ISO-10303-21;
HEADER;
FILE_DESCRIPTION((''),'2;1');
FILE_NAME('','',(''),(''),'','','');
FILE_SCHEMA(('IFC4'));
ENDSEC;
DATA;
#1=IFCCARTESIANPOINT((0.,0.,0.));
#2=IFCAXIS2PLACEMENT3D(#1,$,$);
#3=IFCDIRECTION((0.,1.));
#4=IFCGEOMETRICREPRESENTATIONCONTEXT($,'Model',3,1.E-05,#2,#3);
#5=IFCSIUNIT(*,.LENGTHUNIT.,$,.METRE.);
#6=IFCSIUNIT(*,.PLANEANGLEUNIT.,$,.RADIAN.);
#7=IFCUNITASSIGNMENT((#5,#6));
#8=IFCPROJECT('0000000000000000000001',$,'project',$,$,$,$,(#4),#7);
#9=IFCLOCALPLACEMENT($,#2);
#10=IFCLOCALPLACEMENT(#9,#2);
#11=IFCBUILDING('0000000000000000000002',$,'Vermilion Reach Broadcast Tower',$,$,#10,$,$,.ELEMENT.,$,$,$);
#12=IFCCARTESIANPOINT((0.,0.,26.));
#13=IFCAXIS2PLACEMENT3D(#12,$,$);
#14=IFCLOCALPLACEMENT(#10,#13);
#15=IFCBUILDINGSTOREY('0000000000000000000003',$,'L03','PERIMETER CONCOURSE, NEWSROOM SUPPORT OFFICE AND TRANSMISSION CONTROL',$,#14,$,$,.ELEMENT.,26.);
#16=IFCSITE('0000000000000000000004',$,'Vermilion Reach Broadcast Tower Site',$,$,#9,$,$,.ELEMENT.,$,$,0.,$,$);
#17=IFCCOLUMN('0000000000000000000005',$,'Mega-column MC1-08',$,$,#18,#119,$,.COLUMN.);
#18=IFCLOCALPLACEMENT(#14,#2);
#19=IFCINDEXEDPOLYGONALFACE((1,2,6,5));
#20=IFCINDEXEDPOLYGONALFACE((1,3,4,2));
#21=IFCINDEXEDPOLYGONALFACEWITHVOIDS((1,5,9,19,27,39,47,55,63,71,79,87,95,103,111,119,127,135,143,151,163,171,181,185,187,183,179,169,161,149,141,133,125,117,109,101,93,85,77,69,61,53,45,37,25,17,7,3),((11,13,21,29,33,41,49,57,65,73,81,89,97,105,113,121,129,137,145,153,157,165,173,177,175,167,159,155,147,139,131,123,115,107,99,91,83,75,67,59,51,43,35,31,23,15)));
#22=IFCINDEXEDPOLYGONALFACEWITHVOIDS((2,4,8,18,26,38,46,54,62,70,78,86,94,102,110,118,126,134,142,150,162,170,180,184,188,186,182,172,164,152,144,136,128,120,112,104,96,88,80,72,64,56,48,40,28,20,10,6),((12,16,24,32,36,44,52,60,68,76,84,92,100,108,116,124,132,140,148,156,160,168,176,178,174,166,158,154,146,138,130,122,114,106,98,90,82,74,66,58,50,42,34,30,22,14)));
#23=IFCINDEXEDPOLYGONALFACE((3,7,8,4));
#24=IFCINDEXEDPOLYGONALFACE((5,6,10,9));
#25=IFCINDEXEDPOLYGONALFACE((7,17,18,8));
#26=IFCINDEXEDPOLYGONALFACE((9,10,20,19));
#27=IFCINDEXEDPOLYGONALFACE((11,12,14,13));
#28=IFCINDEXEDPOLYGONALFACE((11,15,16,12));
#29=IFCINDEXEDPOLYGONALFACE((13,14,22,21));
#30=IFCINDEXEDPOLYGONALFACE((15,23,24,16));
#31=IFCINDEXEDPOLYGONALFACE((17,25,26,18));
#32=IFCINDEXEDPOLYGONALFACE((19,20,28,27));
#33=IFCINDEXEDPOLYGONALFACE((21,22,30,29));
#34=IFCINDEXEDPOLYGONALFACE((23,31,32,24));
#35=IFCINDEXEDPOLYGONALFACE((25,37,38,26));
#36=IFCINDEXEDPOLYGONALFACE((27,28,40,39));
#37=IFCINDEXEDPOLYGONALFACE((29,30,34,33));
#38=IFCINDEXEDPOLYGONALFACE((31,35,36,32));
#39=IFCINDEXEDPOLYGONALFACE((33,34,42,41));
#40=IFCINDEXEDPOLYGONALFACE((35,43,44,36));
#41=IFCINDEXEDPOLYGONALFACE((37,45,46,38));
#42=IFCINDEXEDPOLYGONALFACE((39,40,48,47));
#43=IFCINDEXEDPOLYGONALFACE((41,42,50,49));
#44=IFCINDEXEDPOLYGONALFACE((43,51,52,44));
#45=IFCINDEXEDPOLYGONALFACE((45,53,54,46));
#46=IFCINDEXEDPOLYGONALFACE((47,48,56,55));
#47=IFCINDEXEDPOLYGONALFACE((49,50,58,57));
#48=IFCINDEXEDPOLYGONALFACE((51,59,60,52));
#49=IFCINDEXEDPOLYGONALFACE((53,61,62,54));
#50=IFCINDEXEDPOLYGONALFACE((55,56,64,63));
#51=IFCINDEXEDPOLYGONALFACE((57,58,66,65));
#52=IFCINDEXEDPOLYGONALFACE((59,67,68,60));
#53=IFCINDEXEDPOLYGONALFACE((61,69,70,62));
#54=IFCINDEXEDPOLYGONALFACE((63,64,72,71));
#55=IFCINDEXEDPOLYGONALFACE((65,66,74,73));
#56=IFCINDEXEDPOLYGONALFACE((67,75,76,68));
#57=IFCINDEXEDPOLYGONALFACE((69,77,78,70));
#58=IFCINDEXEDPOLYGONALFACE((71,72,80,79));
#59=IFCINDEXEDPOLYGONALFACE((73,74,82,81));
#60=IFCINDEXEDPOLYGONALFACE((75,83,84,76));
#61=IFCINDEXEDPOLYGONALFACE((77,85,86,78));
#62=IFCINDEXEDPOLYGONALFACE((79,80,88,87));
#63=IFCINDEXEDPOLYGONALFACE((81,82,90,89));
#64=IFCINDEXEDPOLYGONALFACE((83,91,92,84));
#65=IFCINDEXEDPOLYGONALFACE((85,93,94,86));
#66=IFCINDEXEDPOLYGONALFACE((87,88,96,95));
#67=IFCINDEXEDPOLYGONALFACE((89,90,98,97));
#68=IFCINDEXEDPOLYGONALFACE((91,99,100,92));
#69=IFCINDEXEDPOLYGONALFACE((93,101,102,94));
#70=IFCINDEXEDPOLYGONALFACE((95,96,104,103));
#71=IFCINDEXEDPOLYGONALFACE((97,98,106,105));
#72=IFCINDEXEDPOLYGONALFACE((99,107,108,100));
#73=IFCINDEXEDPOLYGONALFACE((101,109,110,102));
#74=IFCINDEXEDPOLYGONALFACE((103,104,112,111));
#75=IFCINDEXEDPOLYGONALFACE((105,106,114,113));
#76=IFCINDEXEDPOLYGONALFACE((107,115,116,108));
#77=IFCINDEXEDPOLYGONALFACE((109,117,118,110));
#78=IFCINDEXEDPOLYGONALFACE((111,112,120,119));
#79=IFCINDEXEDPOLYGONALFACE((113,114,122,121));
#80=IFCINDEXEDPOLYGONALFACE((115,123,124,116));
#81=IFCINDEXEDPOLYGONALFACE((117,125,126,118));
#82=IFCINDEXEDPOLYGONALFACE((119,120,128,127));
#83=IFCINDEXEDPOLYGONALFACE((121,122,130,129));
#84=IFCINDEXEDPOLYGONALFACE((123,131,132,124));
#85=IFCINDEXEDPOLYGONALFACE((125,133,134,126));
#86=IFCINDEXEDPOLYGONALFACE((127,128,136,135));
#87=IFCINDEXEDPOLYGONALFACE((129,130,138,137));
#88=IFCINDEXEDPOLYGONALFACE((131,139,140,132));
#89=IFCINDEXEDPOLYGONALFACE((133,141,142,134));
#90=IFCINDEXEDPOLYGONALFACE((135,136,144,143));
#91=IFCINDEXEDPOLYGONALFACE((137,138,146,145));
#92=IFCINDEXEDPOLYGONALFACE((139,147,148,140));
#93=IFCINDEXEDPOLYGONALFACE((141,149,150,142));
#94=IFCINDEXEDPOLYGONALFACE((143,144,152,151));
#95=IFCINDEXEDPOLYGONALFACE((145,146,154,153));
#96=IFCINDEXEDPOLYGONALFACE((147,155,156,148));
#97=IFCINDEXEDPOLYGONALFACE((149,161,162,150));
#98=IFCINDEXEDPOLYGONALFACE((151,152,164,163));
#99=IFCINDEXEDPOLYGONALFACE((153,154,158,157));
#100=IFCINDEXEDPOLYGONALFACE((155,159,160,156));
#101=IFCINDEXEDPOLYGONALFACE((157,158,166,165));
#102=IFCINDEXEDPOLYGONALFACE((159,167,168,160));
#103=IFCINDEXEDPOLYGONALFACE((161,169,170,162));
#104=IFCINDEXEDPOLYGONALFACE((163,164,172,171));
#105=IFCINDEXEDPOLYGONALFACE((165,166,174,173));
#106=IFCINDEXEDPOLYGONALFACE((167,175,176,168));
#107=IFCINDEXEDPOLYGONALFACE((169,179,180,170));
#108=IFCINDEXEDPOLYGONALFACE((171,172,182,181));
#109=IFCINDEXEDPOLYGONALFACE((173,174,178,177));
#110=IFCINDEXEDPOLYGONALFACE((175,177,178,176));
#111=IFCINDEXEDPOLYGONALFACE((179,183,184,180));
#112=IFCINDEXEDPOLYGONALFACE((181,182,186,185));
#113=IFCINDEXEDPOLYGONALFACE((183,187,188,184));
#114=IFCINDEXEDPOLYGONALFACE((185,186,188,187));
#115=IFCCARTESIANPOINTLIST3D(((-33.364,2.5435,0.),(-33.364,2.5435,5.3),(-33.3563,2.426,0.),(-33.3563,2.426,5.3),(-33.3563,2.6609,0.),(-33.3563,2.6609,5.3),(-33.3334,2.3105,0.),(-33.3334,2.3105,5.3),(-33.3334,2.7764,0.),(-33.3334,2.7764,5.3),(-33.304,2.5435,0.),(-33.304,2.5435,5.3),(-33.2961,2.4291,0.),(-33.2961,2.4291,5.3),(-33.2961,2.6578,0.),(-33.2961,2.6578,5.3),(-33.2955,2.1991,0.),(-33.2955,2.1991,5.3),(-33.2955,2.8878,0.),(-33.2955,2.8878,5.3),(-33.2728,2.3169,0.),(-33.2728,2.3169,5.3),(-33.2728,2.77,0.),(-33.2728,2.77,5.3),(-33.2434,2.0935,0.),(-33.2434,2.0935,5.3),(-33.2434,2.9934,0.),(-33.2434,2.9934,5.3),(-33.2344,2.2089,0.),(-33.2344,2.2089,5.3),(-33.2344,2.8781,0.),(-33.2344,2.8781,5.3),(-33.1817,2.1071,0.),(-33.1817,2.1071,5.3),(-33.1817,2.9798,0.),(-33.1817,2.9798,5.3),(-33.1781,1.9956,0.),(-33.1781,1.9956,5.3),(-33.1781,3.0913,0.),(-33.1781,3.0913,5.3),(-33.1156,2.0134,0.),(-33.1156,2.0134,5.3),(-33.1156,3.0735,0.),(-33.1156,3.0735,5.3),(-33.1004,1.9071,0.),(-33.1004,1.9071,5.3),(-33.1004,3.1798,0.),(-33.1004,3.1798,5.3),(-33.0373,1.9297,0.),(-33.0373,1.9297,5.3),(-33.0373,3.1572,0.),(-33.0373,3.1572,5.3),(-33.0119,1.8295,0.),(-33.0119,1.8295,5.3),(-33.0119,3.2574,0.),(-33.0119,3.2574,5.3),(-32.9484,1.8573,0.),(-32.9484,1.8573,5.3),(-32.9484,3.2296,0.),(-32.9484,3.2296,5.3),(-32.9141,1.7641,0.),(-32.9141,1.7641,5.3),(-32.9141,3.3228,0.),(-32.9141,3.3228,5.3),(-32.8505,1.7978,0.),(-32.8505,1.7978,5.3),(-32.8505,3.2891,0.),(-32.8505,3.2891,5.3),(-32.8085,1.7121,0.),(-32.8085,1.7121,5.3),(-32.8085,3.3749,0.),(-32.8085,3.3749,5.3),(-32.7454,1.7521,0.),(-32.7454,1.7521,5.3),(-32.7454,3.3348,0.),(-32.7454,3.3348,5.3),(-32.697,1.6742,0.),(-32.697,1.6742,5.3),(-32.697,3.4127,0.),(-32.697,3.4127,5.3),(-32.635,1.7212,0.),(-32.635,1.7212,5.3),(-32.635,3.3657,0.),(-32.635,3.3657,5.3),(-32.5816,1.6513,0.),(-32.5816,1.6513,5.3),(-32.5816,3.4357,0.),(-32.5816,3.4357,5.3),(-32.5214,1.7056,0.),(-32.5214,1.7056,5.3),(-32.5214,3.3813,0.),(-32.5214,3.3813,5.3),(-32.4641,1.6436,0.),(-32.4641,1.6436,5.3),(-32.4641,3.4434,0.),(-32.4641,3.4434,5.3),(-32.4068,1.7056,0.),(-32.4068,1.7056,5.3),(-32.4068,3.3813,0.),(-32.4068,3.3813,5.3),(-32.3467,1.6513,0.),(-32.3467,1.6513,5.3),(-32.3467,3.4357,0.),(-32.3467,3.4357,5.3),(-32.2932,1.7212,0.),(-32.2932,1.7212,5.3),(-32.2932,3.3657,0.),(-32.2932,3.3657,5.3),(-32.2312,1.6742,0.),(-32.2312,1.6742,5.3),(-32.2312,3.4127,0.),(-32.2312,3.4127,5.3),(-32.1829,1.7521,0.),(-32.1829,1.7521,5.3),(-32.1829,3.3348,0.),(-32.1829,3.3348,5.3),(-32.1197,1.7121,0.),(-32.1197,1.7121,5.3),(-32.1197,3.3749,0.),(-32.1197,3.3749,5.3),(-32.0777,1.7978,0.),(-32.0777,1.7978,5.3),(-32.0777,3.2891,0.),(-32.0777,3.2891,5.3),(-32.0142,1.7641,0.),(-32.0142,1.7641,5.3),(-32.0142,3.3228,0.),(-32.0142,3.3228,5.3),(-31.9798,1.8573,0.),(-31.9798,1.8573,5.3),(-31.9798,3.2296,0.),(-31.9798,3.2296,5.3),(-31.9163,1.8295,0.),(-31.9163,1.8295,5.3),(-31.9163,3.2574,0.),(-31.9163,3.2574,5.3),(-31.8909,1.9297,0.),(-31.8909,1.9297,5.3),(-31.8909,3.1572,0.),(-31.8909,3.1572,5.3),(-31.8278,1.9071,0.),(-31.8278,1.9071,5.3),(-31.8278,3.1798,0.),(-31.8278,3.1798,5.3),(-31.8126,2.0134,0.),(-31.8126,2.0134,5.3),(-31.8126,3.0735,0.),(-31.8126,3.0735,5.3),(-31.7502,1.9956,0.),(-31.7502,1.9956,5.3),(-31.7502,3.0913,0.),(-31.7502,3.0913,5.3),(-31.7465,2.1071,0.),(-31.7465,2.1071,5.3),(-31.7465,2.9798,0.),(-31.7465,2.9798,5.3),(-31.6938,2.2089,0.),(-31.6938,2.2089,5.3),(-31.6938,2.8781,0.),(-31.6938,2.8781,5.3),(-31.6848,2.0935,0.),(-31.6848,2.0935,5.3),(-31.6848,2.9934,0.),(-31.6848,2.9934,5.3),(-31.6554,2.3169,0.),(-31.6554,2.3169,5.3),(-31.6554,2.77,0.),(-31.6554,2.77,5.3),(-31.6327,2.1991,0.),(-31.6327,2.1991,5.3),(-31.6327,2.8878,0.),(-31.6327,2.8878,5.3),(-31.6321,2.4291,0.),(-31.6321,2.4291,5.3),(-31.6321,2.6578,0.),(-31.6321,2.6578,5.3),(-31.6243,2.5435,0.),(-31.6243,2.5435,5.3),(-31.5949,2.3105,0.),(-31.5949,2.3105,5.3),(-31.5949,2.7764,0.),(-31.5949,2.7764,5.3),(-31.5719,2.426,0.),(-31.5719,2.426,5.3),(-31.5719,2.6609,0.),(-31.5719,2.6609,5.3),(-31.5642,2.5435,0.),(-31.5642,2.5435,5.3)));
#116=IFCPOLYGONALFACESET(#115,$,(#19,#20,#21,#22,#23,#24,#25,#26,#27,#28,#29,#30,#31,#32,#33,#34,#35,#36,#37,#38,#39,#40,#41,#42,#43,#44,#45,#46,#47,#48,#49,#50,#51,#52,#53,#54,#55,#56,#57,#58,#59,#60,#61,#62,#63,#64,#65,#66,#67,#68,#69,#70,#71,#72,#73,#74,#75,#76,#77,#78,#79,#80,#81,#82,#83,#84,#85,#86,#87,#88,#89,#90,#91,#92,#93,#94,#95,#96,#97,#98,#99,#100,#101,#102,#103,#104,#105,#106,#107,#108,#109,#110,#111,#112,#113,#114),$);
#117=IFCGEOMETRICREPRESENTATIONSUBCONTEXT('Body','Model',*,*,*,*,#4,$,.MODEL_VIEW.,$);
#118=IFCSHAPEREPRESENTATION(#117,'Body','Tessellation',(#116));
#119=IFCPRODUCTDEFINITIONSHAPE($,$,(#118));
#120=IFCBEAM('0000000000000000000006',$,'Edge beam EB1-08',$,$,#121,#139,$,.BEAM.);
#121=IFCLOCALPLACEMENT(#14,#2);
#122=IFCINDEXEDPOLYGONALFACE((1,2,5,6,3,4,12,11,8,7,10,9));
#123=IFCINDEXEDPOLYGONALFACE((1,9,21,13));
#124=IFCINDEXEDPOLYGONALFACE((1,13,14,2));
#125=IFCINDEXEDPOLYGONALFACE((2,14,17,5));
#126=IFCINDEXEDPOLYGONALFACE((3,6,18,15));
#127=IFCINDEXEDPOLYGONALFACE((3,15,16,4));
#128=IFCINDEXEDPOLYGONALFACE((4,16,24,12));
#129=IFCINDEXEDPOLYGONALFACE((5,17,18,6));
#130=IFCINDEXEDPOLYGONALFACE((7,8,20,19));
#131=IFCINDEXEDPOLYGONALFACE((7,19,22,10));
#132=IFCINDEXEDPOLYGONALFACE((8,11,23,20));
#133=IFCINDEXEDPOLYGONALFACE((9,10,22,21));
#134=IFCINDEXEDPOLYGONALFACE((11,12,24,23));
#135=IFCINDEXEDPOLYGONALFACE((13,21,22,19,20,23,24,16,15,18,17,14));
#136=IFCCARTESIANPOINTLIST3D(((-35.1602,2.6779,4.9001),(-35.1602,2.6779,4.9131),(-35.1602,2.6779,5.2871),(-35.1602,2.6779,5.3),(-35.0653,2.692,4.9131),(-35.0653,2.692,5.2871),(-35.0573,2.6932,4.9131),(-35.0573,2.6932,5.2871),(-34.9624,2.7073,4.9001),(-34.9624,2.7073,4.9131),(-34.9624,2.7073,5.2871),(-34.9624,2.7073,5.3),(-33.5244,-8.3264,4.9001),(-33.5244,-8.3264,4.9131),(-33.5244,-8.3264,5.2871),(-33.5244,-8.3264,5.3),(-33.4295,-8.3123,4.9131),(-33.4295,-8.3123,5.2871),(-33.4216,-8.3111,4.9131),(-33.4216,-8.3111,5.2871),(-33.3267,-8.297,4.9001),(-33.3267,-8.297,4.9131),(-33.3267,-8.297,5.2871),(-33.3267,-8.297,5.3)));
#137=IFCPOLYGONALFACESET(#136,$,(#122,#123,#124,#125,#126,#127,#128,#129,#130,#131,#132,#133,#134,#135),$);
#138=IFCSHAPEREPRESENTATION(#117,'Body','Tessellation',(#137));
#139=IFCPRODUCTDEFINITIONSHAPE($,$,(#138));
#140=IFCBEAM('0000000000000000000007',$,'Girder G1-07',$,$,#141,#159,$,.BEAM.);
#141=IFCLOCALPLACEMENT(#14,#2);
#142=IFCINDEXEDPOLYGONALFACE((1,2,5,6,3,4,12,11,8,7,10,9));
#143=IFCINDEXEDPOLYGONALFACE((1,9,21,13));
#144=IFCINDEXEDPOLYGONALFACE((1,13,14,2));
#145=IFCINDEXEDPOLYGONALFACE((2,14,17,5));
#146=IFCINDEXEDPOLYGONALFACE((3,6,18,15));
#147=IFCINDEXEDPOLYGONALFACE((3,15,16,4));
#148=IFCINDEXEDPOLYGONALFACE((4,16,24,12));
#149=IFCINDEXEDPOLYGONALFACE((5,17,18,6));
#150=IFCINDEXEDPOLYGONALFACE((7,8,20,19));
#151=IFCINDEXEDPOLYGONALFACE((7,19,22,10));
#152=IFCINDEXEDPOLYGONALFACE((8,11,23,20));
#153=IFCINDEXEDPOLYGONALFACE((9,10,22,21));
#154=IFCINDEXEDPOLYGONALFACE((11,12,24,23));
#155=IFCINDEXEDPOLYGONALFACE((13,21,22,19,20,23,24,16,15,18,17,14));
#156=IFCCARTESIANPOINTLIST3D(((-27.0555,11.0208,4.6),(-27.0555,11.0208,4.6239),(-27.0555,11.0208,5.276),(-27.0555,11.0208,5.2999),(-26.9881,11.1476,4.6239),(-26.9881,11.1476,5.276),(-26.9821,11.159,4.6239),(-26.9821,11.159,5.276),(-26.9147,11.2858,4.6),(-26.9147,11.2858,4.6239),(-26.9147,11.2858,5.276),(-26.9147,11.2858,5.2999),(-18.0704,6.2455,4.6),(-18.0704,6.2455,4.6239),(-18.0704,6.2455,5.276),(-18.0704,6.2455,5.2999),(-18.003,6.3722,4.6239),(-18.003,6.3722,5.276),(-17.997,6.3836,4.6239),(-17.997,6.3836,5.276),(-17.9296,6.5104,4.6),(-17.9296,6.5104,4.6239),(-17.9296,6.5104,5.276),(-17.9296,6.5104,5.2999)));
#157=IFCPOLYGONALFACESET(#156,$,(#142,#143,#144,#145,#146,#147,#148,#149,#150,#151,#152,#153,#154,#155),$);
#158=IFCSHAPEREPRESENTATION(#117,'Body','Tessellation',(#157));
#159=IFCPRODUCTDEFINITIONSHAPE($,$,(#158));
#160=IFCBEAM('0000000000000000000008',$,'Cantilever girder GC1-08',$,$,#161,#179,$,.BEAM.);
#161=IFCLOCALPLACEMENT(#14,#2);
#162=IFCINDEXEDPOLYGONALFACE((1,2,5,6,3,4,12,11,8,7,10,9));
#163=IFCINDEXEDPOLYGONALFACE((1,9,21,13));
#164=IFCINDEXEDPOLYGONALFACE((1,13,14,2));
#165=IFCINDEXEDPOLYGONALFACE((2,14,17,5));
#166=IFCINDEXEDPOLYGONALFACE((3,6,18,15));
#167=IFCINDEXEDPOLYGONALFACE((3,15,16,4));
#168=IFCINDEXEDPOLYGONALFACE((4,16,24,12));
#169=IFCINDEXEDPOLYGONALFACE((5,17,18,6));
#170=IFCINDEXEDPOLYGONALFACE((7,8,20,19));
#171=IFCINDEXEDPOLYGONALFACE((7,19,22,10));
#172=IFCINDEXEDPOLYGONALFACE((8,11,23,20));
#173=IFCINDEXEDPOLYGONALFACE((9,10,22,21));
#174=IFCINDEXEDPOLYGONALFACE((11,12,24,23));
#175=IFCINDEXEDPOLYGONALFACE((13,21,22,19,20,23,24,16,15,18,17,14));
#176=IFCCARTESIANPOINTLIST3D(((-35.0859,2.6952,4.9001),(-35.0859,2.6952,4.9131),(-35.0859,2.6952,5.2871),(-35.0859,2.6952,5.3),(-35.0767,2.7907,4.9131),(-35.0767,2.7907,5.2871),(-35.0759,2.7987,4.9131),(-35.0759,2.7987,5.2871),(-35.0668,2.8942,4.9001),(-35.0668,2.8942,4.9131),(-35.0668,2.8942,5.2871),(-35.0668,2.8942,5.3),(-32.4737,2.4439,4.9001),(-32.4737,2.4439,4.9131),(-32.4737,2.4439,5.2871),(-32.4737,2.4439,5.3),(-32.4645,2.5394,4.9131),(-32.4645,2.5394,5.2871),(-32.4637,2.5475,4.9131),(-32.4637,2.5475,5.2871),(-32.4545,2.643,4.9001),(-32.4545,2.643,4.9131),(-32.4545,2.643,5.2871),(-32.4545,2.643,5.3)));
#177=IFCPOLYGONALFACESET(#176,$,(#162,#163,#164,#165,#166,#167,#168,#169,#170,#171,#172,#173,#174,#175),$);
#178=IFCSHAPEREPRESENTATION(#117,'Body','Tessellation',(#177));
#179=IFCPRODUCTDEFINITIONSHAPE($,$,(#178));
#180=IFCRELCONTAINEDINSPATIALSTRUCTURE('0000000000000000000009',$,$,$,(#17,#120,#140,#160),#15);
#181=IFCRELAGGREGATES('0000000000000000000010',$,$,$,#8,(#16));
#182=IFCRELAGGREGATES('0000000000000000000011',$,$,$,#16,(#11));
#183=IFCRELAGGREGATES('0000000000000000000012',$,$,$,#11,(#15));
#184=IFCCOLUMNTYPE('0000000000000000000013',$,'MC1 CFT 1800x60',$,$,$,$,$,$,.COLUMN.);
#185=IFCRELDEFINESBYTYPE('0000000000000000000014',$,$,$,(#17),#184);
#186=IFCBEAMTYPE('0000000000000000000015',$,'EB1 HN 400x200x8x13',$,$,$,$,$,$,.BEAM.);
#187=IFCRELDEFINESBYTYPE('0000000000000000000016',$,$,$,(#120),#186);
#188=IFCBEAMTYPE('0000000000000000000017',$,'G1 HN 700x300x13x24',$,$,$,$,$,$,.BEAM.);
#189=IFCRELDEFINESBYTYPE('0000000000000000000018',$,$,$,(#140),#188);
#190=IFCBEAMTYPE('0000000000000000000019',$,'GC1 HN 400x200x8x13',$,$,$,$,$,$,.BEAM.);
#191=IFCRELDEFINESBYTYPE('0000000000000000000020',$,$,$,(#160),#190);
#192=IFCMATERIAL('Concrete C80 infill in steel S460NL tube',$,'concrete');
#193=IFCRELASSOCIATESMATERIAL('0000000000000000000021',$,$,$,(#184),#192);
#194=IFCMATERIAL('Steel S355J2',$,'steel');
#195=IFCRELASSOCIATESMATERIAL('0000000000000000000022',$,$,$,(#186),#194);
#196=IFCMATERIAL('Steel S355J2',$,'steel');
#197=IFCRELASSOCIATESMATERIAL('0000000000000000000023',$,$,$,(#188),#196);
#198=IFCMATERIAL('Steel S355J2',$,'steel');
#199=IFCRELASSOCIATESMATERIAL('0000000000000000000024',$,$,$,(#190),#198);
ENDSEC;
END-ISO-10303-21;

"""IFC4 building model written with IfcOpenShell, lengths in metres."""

from ifc_helpers import new_model, si_unit, direction, frame, origin, origin_2d, place, context, subcontext, project, spatial, hollow_circle, i_section, extrude, material, material_profile, profile_set, type_object, element, save


model = new_model("IFC4")

# Units and contexts
model_context = context("Model", 3, precision=1e-05, world=origin(), true_north=direction((0.0, 1.0)))
body_context = subcontext(model_context, "Body", "Model", "MODEL_VIEW")
ifc_project = project(units=[si_unit("LENGTHUNIT", "METRE"), si_unit("PLANEANGLEUNIT", "RADIAN")], contexts=[model_context])

# Site, building, storey
site_placement = place(None, origin())
site = spatial("IfcSite", under=ifc_project, at=site_placement, Name="Vermilion Reach Broadcast Tower Site", CompositionType="ELEMENT", RefElevation=0.0)
building_placement = place(site_placement, origin())
building = spatial("IfcBuilding", under=site, at=building_placement, Name="Vermilion Reach Broadcast Tower", CompositionType="ELEMENT")
storey_placement = place(building_placement, frame((0.0, 0.0, 26.0)))
storey = spatial("IfcBuildingStorey", under=building, at=storey_placement, Name="L03", Description="PERIMETER CONCOURSE, NEWSROOM SUPPORT OFFICE AND TRANSMISSION CONTROL", CompositionType="ELEMENT", Elevation=26.0)

# Column
ifc_material_1 = material(Name="Concrete C80 infill in steel S460NL tube", Category="concrete")
ifc_material_profile_1 = material_profile(ifc_material_1, hollow_circle(Radius=0.8999, WallThickness=0.0601, at=origin_2d()), Name="Concrete C80 infill in steel S460NL tube CFT 1800x60")
ifc_profile_set_1 = profile_set([ifc_material_profile_1], Name="Concrete C80 infill in steel S460NL tube")
column_type = type_object("IfcColumnType", Name="MC1 CFT 1800x60", PredefinedType="COLUMN", material=ifc_profile_set_1)
column_placement = place(storey_placement, frame((-32.4641, 2.5435, 0.0), z_axis=(0.0, 0.0, 1.0), x_axis=(1.0, 0.0, 0.0)))
element("IfcColumn", 1, at=column_placement, inside=storey, type_object=column_type, Name="Mega-column MC1-08", PredefinedType="COLUMN", context=body_context, shape_type="SweptSolid", body=[
    extrude(hollow_circle(Radius=0.8999, WallThickness=0.0601, at=origin_2d()), origin(), (0.0, 0.0, 1.0), 5.3),
])

# Beams
ifc_material_2 = material(Name="Steel S355J2", Category="steel")
ifc_material_profile_2 = material_profile(ifc_material_2, i_section(OverallWidth=0.2, OverallDepth=0.3999, WebThickness=0.0081, FlangeThickness=0.0129, at=origin_2d()), Name="S355J2 HN 400x200x8x13")
ifc_profile_set_2 = profile_set([ifc_material_profile_2], Name="Steel S355J2")
beam_type_1 = type_object("IfcBeamType", Name="EB1 HN 400x200x8x13", PredefinedType="BEAM", material=ifc_profile_set_2)
beam_1_placement = place(storey_placement, frame((-35.0613, 2.6926, 5.1001), z_axis=(0.147029, -0.989132, 0.0), x_axis=(0.989132, 0.147029, 0.0)))
element("IfcBeam", 2, at=beam_1_placement, inside=storey, type_object=beam_type_1, Name="Edge beam EB1-08", PredefinedType="BEAM", context=body_context, shape_type="SweptSolid", body=[
    extrude(i_section(OverallWidth=0.2, OverallDepth=0.3999, WebThickness=0.0081, FlangeThickness=0.0129, at=origin_2d()), origin(), (0.0, 0.0, 1.0), 11.1252),
])
ifc_material_3 = material(Name="Steel S355J2", Category="steel")
ifc_material_profile_3 = material_profile(ifc_material_3, i_section(OverallWidth=0.3, OverallDepth=0.7, WebThickness=0.0129, FlangeThickness=0.0239, at=origin_2d()), Name="S355J2 HN 700x300x13x24")
ifc_profile_set_3 = profile_set([ifc_material_profile_3], Name="Steel S355J2")
beam_type_2 = type_object("IfcBeamType", Name="G1 HN 700x300x13x24", PredefinedType="BEAM", material=ifc_profile_set_3)
beam_2_placement = place(storey_placement, frame((-18.0, 6.3779, 4.95), z_axis=(-0.883032, 0.469313, 0.0), x_axis=(-0.469313, -0.883032, 0.0)))
element("IfcBeam", 3, at=beam_2_placement, inside=storey, type_object=beam_type_2, Name="Girder G1-07", PredefinedType="BEAM", context=body_context, shape_type="SweptSolid", body=[
    extrude(i_section(OverallWidth=0.3, OverallDepth=0.7, WebThickness=0.0129, FlangeThickness=0.0239, at=origin_2d()), origin(), (0.0, 0.0, 1.0), 10.1753),
])
ifc_material_4 = material(Name="Steel S355J2", Category="steel")
ifc_material_profile_4 = material_profile(ifc_material_4, i_section(OverallWidth=0.2, OverallDepth=0.3999, WebThickness=0.0081, FlangeThickness=0.0129, at=origin_2d()), Name="S355J2 HN 400x200x8x13")
ifc_profile_set_4 = profile_set([ifc_material_profile_4], Name="Steel S355J2")
beam_type_3 = type_object("IfcBeamType", Name="GC1 HN 400x200x8x13", PredefinedType="BEAM", material=ifc_profile_set_4)
beam_3_placement = place(storey_placement, frame((-32.4641, 2.5435, 5.1001), z_axis=(-0.995408, 0.095727, 0.0), x_axis=(-0.095727, -0.995408, 0.0)))
element("IfcBeam", 4, at=beam_3_placement, inside=storey, type_object=beam_type_3, Name="Cantilever girder GC1-08", PredefinedType="BEAM", context=body_context, shape_type="SweptSolid", body=[
    extrude(i_section(OverallWidth=0.2, OverallDepth=0.3999, WebThickness=0.0081, FlangeThickness=0.0129, at=origin_2d()), origin(), (0.0, 0.0, 1.0), 2.6243),
])

save(model, "model.ifc")
